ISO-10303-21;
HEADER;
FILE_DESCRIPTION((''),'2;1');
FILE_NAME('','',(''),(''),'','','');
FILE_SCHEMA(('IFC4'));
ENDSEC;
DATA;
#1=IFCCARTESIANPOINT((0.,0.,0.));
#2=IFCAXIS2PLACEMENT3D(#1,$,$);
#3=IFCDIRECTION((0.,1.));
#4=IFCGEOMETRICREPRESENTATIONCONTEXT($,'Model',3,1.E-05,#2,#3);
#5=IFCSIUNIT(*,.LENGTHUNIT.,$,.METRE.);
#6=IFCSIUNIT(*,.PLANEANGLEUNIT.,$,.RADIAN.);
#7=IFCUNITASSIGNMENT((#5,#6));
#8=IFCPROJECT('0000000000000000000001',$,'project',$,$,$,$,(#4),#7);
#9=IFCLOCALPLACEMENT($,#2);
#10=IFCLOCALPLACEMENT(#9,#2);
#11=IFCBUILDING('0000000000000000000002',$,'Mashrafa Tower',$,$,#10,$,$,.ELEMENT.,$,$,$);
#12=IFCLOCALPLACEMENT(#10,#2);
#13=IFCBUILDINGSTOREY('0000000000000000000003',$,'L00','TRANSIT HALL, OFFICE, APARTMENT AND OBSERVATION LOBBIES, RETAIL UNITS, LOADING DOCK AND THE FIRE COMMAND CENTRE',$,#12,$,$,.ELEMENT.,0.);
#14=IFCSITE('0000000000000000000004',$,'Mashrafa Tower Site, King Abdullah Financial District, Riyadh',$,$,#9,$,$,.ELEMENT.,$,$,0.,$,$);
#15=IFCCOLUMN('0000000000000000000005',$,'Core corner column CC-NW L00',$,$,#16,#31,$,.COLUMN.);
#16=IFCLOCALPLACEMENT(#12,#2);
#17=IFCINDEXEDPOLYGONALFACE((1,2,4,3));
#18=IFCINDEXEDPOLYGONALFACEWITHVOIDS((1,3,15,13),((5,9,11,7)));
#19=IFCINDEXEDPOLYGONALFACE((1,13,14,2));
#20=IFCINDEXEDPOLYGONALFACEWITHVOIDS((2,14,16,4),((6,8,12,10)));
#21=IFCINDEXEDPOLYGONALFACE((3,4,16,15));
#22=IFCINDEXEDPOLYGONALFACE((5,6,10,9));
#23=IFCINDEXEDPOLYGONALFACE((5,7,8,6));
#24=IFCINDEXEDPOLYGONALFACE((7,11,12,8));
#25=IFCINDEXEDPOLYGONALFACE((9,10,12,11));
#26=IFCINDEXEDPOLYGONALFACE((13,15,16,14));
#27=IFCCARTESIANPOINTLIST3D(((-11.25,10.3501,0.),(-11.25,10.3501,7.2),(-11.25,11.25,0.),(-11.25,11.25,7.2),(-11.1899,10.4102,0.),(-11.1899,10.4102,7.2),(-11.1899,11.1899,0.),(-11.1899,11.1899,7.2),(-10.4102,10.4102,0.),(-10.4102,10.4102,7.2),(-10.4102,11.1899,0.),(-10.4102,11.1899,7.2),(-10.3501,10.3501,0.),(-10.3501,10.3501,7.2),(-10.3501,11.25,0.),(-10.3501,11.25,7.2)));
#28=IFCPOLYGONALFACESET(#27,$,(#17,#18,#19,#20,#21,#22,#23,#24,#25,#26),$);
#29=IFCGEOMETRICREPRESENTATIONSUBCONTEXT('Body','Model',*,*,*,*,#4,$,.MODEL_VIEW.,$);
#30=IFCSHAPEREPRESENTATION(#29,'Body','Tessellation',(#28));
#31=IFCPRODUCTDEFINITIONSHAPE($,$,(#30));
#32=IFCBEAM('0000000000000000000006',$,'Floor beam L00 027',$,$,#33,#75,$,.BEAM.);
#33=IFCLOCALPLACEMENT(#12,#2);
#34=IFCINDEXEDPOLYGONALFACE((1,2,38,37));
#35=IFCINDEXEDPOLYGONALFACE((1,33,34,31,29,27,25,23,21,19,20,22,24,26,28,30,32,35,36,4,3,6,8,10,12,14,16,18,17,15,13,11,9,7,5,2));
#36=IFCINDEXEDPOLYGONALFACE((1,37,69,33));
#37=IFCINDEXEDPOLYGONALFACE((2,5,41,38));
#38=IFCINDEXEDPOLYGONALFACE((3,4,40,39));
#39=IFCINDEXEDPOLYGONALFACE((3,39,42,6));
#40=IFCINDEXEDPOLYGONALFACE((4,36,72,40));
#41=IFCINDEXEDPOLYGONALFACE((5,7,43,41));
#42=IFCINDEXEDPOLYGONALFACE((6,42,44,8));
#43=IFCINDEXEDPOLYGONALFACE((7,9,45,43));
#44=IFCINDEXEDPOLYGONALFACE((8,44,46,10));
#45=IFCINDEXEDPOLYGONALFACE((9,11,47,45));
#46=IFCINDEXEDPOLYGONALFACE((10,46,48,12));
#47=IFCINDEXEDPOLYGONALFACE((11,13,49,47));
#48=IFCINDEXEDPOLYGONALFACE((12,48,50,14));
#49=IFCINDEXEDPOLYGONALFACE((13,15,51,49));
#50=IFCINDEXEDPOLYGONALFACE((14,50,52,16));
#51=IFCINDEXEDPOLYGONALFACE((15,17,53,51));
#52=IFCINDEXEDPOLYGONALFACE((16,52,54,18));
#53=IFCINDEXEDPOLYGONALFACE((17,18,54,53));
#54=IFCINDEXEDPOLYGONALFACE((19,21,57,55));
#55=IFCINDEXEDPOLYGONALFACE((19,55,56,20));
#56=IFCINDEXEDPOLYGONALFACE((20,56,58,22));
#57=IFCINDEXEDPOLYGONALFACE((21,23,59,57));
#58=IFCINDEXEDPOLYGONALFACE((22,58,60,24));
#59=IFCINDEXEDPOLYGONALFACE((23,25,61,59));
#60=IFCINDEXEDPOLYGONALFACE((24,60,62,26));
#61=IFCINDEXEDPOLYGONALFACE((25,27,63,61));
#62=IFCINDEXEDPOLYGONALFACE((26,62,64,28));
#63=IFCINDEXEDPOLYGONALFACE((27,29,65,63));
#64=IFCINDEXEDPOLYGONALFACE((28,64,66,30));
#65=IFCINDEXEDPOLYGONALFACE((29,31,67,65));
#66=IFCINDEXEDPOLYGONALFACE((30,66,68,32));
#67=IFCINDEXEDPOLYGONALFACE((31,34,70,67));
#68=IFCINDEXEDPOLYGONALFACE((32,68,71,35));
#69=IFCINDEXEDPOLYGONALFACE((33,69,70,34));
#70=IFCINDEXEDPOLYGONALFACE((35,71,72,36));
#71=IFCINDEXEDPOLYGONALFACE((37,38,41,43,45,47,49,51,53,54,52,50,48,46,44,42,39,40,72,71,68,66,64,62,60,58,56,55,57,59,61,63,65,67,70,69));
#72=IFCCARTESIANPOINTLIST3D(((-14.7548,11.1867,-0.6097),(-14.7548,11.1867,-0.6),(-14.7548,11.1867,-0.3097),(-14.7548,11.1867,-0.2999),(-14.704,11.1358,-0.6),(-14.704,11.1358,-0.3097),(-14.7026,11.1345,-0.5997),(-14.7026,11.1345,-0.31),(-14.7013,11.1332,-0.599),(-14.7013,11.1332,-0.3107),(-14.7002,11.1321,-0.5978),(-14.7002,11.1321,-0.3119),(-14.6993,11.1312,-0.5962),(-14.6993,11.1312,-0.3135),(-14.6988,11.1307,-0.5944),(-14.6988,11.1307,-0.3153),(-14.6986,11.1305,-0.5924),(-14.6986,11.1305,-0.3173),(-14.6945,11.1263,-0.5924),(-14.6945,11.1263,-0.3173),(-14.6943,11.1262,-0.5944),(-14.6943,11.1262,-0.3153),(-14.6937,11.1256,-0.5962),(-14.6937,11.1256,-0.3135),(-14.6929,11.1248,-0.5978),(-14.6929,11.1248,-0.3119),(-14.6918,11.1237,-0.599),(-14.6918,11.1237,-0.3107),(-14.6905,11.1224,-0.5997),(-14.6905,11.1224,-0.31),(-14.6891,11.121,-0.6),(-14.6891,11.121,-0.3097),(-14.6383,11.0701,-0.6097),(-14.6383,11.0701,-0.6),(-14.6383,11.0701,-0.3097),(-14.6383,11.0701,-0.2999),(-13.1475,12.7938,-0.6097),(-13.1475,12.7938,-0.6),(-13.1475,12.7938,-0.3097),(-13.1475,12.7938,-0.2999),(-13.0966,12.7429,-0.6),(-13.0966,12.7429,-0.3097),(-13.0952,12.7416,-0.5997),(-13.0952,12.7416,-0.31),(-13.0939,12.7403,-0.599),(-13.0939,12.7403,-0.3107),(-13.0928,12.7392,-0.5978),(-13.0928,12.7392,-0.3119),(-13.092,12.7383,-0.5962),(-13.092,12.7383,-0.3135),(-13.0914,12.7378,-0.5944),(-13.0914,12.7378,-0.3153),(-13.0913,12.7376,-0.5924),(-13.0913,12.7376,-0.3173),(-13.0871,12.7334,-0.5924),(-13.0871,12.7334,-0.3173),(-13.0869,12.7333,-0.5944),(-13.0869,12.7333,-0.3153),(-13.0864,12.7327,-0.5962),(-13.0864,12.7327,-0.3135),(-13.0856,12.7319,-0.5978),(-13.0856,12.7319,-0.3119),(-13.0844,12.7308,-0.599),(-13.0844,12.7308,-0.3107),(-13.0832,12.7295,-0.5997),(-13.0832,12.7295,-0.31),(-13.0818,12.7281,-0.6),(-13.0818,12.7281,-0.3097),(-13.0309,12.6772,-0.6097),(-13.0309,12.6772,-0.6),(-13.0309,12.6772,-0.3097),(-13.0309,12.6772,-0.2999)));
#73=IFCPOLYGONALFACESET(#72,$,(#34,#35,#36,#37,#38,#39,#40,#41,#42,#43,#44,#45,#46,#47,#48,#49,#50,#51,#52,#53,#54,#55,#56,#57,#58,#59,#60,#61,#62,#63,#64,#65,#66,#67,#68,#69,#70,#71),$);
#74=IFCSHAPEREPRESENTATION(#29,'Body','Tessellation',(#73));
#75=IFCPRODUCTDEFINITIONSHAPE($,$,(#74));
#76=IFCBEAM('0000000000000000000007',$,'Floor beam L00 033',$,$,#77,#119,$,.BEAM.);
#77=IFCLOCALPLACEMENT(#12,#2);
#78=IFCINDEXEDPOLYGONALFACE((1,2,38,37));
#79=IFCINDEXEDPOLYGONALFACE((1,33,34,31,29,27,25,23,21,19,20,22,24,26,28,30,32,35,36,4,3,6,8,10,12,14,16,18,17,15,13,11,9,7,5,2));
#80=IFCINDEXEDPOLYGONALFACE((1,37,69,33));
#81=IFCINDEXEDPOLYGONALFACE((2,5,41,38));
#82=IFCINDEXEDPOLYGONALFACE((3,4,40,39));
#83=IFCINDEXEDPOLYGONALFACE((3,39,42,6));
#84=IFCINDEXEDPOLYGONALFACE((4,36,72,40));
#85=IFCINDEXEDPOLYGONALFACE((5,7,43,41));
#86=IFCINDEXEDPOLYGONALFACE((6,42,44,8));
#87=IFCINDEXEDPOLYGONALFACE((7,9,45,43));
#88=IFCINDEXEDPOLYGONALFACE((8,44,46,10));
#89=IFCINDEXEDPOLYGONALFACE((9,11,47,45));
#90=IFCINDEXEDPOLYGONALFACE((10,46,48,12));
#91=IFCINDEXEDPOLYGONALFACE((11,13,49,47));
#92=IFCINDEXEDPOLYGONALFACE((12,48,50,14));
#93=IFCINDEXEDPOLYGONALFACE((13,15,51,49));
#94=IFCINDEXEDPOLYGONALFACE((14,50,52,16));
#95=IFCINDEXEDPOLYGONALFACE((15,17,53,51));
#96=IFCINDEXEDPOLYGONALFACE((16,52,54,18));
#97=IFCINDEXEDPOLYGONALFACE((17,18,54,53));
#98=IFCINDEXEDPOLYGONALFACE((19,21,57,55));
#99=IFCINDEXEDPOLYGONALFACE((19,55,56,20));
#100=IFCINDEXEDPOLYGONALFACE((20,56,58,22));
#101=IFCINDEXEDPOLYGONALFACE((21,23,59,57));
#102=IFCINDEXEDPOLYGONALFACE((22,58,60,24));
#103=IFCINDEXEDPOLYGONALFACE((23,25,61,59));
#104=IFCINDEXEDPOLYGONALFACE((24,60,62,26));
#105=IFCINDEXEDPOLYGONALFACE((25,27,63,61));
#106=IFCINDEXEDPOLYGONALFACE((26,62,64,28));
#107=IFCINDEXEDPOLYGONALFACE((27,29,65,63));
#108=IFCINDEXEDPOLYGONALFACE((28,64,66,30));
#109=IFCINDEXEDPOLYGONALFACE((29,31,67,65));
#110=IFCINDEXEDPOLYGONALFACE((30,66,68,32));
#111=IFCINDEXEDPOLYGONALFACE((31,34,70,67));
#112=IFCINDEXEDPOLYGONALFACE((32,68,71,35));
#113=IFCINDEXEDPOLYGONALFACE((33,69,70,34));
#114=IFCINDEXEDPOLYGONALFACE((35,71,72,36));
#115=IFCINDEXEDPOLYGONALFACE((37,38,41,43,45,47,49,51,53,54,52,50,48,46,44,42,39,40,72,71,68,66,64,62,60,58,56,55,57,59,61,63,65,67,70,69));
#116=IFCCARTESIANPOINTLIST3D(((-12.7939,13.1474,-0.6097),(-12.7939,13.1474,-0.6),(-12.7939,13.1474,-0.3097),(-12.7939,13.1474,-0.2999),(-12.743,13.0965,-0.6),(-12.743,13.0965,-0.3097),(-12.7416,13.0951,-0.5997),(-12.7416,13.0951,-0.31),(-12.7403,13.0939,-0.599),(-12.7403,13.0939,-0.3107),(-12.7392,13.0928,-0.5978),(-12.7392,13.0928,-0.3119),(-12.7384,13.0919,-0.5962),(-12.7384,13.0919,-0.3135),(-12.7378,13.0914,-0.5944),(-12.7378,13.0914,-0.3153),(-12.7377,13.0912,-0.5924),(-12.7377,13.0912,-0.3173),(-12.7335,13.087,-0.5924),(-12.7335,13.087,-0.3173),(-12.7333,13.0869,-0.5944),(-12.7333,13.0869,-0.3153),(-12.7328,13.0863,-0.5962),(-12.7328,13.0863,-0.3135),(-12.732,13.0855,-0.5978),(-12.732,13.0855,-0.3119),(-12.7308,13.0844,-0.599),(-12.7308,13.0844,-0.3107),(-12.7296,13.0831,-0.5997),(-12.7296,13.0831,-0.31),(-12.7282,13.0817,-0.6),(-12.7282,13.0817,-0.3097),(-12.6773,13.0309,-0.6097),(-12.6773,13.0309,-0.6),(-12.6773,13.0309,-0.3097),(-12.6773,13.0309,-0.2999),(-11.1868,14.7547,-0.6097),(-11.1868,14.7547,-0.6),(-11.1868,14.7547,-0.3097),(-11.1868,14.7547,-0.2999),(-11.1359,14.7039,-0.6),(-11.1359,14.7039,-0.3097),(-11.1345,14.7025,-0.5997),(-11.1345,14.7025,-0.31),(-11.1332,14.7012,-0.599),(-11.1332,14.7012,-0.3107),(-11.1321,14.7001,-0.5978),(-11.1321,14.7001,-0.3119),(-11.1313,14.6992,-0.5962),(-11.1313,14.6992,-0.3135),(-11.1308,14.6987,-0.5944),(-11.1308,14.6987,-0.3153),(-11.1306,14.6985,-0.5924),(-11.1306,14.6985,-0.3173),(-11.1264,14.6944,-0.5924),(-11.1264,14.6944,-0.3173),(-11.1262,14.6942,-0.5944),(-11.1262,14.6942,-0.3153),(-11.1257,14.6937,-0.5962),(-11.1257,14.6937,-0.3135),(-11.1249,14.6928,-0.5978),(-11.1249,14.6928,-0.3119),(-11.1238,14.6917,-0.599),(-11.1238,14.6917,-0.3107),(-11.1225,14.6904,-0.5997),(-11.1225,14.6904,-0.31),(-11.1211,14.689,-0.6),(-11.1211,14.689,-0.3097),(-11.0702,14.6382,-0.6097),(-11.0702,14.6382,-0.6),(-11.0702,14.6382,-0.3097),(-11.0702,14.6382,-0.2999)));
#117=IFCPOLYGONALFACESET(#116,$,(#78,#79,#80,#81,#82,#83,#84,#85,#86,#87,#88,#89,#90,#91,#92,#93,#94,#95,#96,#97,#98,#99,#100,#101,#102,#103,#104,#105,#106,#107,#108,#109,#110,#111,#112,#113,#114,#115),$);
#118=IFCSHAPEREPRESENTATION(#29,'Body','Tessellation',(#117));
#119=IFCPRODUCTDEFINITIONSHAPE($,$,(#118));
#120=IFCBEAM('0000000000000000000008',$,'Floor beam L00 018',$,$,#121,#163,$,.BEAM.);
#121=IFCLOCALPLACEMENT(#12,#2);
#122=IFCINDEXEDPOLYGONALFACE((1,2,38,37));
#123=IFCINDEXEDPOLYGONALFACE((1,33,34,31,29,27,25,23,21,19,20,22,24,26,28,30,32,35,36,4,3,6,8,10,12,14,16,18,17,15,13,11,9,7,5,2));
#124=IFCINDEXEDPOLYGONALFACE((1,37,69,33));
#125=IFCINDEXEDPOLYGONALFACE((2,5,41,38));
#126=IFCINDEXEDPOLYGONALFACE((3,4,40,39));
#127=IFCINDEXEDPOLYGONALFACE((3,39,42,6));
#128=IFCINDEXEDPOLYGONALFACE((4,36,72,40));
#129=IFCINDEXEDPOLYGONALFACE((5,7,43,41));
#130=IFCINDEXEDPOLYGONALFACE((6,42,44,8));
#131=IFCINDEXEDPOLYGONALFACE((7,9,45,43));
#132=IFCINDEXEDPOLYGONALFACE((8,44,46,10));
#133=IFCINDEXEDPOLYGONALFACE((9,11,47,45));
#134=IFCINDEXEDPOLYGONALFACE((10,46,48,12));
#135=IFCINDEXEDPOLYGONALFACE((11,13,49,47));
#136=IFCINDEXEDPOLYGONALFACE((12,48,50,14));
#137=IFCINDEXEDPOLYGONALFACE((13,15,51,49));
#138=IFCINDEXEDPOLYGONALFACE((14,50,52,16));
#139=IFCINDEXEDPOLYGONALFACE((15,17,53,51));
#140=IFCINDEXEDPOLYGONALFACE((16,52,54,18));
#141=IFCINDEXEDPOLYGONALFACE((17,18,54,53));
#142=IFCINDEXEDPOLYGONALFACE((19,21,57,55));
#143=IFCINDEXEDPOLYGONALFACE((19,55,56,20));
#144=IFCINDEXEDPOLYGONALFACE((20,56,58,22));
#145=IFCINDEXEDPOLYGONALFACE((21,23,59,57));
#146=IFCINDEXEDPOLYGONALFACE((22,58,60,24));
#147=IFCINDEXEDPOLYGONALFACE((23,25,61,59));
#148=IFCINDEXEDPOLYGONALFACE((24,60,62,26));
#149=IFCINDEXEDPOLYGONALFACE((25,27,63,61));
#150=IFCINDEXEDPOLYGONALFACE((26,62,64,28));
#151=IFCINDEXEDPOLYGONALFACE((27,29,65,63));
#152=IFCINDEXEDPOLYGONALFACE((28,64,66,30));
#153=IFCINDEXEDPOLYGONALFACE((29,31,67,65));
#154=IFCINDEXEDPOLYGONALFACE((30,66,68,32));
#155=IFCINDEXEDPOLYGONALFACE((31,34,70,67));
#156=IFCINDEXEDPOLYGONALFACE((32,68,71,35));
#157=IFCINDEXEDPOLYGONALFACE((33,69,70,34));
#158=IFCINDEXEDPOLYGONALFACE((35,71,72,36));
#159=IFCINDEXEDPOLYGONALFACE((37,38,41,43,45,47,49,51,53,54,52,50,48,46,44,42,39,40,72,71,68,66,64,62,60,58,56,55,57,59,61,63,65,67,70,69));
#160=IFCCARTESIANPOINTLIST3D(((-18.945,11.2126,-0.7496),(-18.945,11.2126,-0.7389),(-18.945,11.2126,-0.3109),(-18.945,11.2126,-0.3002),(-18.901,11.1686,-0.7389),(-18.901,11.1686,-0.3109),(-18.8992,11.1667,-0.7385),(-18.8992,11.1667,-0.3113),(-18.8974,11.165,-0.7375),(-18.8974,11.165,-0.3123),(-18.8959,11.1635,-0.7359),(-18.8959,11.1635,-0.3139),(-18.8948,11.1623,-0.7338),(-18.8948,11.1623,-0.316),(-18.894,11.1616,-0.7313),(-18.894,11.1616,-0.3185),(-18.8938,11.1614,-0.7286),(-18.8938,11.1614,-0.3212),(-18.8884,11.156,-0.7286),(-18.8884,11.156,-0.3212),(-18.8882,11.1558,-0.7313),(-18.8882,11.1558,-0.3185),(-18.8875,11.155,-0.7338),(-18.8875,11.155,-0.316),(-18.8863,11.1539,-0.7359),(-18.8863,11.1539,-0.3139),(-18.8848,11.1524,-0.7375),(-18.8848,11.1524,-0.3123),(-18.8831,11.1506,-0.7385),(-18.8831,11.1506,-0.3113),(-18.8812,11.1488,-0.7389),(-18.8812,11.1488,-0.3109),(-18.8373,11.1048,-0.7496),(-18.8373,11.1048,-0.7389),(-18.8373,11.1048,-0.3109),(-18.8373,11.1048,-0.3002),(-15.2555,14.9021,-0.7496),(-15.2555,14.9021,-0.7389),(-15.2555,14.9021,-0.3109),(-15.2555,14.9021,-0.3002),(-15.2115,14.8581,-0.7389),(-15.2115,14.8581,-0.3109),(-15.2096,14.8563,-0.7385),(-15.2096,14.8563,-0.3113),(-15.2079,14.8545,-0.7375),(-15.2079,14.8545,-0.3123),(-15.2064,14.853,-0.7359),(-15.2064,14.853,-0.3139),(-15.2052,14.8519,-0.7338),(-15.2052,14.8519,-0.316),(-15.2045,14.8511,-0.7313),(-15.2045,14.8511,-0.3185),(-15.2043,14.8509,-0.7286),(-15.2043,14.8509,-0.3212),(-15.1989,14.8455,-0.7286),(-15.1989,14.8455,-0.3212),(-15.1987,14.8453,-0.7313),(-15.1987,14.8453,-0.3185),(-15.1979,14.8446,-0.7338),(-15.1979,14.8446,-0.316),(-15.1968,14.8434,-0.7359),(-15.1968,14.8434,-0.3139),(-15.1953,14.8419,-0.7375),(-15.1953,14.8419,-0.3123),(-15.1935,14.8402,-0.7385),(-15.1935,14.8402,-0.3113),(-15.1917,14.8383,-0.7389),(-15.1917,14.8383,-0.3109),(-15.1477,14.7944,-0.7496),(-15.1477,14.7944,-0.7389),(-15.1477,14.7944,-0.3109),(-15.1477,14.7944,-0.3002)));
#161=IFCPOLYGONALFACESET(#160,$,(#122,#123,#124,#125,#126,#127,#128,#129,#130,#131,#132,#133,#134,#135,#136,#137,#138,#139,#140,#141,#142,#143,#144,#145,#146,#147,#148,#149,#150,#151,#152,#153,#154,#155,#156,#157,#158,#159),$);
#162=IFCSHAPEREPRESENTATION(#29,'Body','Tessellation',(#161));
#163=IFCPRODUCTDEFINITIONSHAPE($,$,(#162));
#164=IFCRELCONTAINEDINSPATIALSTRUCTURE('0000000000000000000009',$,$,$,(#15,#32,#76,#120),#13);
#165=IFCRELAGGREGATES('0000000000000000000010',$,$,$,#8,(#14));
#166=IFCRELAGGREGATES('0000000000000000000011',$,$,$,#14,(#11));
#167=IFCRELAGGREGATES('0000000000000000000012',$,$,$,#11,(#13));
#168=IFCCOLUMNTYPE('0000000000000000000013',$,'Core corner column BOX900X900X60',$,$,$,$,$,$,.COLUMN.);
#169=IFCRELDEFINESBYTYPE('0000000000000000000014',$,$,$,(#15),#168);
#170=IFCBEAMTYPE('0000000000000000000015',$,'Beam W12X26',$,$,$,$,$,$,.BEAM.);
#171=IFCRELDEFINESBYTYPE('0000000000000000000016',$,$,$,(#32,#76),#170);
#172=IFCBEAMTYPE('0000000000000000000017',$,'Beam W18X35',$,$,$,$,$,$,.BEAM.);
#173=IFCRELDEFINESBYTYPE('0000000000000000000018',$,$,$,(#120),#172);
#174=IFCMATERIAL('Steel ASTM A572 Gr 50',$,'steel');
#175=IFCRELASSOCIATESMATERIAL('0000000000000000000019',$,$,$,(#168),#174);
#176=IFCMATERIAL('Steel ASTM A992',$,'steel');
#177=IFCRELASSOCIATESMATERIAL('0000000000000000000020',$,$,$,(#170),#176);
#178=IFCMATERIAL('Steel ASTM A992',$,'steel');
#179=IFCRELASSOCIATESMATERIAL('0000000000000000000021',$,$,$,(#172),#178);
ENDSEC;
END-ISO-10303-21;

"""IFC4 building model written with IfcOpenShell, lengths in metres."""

from ifc_helpers import new_model, si_unit, direction, frame, origin, origin_2d, place, context, subcontext, project, spatial, hollow_rectangle, i_section, extrude, material, material_profile, profile_set, type_object, element, save


model = new_model("IFC4")

# Units and contexts
model_context = context("Model", 3, precision=1e-05, world=origin(), true_north=direction((0.0, 1.0)))
body_context = subcontext(model_context, "Body", "Model", "MODEL_VIEW")
ifc_project = project(units=[si_unit("LENGTHUNIT", "METRE"), si_unit("PLANEANGLEUNIT", "RADIAN")], contexts=[model_context])

# Site, building, storey
site_placement = place(None, origin())
site = spatial("IfcSite", under=ifc_project, at=site_placement, Name="Mashrafa Tower Site, King Abdullah Financial District, Riyadh", CompositionType="ELEMENT", RefElevation=0.0)
building_placement = place(site_placement, origin())
building = spatial("IfcBuilding", under=site, at=building_placement, Name="Mashrafa Tower", CompositionType="ELEMENT")
storey_placement = place(building_placement, origin())
storey = spatial("IfcBuildingStorey", under=building, at=storey_placement, Name="L00", Description="TRANSIT HALL, OFFICE, APARTMENT AND OBSERVATION LOBBIES, RETAIL UNITS, LOADING DOCK AND THE FIRE COMMAND CENTRE", CompositionType="ELEMENT", Elevation=0.0)

# Column
ifc_material_1 = material(Name="Steel ASTM A572 Gr 50", Category="steel")
ifc_material_profile_1 = material_profile(ifc_material_1, hollow_rectangle(XDim=0.8999, YDim=0.8999, WallThickness=0.0601, at=origin_2d()), Name="BOX900X900X60")
ifc_profile_set_1 = profile_set([ifc_material_profile_1], Name="Steel ASTM A572 Gr 50")
column_type = type_object("IfcColumnType", Name="Core corner column BOX900X900X60", PredefinedType="COLUMN", material=ifc_profile_set_1)
column_placement = place(storey_placement, frame((-10.8, 10.8, 0.0), z_axis=(0.0, 0.0, 1.0), x_axis=(1.0, 0.0, 0.0)))
element("IfcColumn", 1, at=column_placement, inside=storey, type_object=column_type, Name="Core corner column CC-NW L00", PredefinedType="COLUMN", context=body_context, shape_type="SweptSolid", body=[
    extrude(hollow_rectangle(XDim=0.8999, YDim=0.8999, WallThickness=0.0601, at=origin_2d()), origin(), (0.0, 0.0, 1.0), 7.2),
])

# Beams
ifc_material_2 = material(Name="Steel ASTM A992", Category="steel")
ifc_material_profile_2 = material_profile(ifc_material_2, i_section(OverallWidth=0.1648, OverallDepth=0.3098, WebThickness=0.0059, FlangeThickness=0.0098, FilletRadius=0.0076, at=origin_2d()), Name="W12X26")
ifc_profile_set_2 = profile_set([ifc_material_profile_2], Name="Steel ASTM A992")
beam_type_1 = type_object("IfcBeamType", Name="Beam W12X26", PredefinedType="BEAM", material=ifc_profile_set_2)
for number, where, z_axis, x_axis, name in (
    (2, (-14.6965, 11.1284, -0.4548), (0.70716, 0.707053, 0.0), (-0.707053, 0.70716, 0.0), "Floor beam L00 027"),
    (3, (-12.7356, 13.0891, -0.4548), (0.707053, 0.70716, 0.0), (-0.70716, 0.707053, 0.0), "Floor beam L00 033"),
):
    element("IfcBeam", number, at=place(storey_placement, frame(where, z_axis=z_axis, x_axis=x_axis)), inside=storey, type_object=beam_type_1, Name=name, PredefinedType="BEAM", context=body_context, shape_type="SweptSolid", body=[
        extrude(i_section(OverallWidth=0.1648, OverallDepth=0.3098, WebThickness=0.0059, FlangeThickness=0.0098, FilletRadius=0.0076, at=origin_2d()), origin(), (0.0, 0.0, 1.0), 2.2729),
    ])
ifc_material_3 = material(Name="Steel ASTM A992", Category="steel")
ifc_material_profile_3 = material_profile(ifc_material_3, i_section(OverallWidth=0.1523, OverallDepth=0.4495, WebThickness=0.0076, FlangeThickness=0.0107, FilletRadius=0.0103, at=origin_2d()), Name="W18X35")
ifc_profile_set_3 = profile_set([ifc_material_profile_3], Name="Steel ASTM A992")
beam_type_2 = type_object("IfcBeamType", Name="Beam W18X35", PredefinedType="BEAM", material=ifc_profile_set_3)
for number, where, z_axis, x_axis, name in (
    (4, (-18.8911, 11.1587, -0.5249), (0.707107, 0.707107, 0.0), (-0.707107, 0.707107, 0.0), "Floor beam L00 018"),
):
    element("IfcBeam", number, at=place(storey_placement, frame(where, z_axis=z_axis, x_axis=x_axis)), inside=storey, type_object=beam_type_2, Name=name, PredefinedType="BEAM", context=body_context, shape_type="SweptSolid", body=[
        extrude(i_section(OverallWidth=0.1523, OverallDepth=0.4495, WebThickness=0.0076, FlangeThickness=0.0107, FilletRadius=0.0103, at=origin_2d()), origin(), (0.0, 0.0, 1.0), 5.2178),
    ])

save(model, "model.ifc")
